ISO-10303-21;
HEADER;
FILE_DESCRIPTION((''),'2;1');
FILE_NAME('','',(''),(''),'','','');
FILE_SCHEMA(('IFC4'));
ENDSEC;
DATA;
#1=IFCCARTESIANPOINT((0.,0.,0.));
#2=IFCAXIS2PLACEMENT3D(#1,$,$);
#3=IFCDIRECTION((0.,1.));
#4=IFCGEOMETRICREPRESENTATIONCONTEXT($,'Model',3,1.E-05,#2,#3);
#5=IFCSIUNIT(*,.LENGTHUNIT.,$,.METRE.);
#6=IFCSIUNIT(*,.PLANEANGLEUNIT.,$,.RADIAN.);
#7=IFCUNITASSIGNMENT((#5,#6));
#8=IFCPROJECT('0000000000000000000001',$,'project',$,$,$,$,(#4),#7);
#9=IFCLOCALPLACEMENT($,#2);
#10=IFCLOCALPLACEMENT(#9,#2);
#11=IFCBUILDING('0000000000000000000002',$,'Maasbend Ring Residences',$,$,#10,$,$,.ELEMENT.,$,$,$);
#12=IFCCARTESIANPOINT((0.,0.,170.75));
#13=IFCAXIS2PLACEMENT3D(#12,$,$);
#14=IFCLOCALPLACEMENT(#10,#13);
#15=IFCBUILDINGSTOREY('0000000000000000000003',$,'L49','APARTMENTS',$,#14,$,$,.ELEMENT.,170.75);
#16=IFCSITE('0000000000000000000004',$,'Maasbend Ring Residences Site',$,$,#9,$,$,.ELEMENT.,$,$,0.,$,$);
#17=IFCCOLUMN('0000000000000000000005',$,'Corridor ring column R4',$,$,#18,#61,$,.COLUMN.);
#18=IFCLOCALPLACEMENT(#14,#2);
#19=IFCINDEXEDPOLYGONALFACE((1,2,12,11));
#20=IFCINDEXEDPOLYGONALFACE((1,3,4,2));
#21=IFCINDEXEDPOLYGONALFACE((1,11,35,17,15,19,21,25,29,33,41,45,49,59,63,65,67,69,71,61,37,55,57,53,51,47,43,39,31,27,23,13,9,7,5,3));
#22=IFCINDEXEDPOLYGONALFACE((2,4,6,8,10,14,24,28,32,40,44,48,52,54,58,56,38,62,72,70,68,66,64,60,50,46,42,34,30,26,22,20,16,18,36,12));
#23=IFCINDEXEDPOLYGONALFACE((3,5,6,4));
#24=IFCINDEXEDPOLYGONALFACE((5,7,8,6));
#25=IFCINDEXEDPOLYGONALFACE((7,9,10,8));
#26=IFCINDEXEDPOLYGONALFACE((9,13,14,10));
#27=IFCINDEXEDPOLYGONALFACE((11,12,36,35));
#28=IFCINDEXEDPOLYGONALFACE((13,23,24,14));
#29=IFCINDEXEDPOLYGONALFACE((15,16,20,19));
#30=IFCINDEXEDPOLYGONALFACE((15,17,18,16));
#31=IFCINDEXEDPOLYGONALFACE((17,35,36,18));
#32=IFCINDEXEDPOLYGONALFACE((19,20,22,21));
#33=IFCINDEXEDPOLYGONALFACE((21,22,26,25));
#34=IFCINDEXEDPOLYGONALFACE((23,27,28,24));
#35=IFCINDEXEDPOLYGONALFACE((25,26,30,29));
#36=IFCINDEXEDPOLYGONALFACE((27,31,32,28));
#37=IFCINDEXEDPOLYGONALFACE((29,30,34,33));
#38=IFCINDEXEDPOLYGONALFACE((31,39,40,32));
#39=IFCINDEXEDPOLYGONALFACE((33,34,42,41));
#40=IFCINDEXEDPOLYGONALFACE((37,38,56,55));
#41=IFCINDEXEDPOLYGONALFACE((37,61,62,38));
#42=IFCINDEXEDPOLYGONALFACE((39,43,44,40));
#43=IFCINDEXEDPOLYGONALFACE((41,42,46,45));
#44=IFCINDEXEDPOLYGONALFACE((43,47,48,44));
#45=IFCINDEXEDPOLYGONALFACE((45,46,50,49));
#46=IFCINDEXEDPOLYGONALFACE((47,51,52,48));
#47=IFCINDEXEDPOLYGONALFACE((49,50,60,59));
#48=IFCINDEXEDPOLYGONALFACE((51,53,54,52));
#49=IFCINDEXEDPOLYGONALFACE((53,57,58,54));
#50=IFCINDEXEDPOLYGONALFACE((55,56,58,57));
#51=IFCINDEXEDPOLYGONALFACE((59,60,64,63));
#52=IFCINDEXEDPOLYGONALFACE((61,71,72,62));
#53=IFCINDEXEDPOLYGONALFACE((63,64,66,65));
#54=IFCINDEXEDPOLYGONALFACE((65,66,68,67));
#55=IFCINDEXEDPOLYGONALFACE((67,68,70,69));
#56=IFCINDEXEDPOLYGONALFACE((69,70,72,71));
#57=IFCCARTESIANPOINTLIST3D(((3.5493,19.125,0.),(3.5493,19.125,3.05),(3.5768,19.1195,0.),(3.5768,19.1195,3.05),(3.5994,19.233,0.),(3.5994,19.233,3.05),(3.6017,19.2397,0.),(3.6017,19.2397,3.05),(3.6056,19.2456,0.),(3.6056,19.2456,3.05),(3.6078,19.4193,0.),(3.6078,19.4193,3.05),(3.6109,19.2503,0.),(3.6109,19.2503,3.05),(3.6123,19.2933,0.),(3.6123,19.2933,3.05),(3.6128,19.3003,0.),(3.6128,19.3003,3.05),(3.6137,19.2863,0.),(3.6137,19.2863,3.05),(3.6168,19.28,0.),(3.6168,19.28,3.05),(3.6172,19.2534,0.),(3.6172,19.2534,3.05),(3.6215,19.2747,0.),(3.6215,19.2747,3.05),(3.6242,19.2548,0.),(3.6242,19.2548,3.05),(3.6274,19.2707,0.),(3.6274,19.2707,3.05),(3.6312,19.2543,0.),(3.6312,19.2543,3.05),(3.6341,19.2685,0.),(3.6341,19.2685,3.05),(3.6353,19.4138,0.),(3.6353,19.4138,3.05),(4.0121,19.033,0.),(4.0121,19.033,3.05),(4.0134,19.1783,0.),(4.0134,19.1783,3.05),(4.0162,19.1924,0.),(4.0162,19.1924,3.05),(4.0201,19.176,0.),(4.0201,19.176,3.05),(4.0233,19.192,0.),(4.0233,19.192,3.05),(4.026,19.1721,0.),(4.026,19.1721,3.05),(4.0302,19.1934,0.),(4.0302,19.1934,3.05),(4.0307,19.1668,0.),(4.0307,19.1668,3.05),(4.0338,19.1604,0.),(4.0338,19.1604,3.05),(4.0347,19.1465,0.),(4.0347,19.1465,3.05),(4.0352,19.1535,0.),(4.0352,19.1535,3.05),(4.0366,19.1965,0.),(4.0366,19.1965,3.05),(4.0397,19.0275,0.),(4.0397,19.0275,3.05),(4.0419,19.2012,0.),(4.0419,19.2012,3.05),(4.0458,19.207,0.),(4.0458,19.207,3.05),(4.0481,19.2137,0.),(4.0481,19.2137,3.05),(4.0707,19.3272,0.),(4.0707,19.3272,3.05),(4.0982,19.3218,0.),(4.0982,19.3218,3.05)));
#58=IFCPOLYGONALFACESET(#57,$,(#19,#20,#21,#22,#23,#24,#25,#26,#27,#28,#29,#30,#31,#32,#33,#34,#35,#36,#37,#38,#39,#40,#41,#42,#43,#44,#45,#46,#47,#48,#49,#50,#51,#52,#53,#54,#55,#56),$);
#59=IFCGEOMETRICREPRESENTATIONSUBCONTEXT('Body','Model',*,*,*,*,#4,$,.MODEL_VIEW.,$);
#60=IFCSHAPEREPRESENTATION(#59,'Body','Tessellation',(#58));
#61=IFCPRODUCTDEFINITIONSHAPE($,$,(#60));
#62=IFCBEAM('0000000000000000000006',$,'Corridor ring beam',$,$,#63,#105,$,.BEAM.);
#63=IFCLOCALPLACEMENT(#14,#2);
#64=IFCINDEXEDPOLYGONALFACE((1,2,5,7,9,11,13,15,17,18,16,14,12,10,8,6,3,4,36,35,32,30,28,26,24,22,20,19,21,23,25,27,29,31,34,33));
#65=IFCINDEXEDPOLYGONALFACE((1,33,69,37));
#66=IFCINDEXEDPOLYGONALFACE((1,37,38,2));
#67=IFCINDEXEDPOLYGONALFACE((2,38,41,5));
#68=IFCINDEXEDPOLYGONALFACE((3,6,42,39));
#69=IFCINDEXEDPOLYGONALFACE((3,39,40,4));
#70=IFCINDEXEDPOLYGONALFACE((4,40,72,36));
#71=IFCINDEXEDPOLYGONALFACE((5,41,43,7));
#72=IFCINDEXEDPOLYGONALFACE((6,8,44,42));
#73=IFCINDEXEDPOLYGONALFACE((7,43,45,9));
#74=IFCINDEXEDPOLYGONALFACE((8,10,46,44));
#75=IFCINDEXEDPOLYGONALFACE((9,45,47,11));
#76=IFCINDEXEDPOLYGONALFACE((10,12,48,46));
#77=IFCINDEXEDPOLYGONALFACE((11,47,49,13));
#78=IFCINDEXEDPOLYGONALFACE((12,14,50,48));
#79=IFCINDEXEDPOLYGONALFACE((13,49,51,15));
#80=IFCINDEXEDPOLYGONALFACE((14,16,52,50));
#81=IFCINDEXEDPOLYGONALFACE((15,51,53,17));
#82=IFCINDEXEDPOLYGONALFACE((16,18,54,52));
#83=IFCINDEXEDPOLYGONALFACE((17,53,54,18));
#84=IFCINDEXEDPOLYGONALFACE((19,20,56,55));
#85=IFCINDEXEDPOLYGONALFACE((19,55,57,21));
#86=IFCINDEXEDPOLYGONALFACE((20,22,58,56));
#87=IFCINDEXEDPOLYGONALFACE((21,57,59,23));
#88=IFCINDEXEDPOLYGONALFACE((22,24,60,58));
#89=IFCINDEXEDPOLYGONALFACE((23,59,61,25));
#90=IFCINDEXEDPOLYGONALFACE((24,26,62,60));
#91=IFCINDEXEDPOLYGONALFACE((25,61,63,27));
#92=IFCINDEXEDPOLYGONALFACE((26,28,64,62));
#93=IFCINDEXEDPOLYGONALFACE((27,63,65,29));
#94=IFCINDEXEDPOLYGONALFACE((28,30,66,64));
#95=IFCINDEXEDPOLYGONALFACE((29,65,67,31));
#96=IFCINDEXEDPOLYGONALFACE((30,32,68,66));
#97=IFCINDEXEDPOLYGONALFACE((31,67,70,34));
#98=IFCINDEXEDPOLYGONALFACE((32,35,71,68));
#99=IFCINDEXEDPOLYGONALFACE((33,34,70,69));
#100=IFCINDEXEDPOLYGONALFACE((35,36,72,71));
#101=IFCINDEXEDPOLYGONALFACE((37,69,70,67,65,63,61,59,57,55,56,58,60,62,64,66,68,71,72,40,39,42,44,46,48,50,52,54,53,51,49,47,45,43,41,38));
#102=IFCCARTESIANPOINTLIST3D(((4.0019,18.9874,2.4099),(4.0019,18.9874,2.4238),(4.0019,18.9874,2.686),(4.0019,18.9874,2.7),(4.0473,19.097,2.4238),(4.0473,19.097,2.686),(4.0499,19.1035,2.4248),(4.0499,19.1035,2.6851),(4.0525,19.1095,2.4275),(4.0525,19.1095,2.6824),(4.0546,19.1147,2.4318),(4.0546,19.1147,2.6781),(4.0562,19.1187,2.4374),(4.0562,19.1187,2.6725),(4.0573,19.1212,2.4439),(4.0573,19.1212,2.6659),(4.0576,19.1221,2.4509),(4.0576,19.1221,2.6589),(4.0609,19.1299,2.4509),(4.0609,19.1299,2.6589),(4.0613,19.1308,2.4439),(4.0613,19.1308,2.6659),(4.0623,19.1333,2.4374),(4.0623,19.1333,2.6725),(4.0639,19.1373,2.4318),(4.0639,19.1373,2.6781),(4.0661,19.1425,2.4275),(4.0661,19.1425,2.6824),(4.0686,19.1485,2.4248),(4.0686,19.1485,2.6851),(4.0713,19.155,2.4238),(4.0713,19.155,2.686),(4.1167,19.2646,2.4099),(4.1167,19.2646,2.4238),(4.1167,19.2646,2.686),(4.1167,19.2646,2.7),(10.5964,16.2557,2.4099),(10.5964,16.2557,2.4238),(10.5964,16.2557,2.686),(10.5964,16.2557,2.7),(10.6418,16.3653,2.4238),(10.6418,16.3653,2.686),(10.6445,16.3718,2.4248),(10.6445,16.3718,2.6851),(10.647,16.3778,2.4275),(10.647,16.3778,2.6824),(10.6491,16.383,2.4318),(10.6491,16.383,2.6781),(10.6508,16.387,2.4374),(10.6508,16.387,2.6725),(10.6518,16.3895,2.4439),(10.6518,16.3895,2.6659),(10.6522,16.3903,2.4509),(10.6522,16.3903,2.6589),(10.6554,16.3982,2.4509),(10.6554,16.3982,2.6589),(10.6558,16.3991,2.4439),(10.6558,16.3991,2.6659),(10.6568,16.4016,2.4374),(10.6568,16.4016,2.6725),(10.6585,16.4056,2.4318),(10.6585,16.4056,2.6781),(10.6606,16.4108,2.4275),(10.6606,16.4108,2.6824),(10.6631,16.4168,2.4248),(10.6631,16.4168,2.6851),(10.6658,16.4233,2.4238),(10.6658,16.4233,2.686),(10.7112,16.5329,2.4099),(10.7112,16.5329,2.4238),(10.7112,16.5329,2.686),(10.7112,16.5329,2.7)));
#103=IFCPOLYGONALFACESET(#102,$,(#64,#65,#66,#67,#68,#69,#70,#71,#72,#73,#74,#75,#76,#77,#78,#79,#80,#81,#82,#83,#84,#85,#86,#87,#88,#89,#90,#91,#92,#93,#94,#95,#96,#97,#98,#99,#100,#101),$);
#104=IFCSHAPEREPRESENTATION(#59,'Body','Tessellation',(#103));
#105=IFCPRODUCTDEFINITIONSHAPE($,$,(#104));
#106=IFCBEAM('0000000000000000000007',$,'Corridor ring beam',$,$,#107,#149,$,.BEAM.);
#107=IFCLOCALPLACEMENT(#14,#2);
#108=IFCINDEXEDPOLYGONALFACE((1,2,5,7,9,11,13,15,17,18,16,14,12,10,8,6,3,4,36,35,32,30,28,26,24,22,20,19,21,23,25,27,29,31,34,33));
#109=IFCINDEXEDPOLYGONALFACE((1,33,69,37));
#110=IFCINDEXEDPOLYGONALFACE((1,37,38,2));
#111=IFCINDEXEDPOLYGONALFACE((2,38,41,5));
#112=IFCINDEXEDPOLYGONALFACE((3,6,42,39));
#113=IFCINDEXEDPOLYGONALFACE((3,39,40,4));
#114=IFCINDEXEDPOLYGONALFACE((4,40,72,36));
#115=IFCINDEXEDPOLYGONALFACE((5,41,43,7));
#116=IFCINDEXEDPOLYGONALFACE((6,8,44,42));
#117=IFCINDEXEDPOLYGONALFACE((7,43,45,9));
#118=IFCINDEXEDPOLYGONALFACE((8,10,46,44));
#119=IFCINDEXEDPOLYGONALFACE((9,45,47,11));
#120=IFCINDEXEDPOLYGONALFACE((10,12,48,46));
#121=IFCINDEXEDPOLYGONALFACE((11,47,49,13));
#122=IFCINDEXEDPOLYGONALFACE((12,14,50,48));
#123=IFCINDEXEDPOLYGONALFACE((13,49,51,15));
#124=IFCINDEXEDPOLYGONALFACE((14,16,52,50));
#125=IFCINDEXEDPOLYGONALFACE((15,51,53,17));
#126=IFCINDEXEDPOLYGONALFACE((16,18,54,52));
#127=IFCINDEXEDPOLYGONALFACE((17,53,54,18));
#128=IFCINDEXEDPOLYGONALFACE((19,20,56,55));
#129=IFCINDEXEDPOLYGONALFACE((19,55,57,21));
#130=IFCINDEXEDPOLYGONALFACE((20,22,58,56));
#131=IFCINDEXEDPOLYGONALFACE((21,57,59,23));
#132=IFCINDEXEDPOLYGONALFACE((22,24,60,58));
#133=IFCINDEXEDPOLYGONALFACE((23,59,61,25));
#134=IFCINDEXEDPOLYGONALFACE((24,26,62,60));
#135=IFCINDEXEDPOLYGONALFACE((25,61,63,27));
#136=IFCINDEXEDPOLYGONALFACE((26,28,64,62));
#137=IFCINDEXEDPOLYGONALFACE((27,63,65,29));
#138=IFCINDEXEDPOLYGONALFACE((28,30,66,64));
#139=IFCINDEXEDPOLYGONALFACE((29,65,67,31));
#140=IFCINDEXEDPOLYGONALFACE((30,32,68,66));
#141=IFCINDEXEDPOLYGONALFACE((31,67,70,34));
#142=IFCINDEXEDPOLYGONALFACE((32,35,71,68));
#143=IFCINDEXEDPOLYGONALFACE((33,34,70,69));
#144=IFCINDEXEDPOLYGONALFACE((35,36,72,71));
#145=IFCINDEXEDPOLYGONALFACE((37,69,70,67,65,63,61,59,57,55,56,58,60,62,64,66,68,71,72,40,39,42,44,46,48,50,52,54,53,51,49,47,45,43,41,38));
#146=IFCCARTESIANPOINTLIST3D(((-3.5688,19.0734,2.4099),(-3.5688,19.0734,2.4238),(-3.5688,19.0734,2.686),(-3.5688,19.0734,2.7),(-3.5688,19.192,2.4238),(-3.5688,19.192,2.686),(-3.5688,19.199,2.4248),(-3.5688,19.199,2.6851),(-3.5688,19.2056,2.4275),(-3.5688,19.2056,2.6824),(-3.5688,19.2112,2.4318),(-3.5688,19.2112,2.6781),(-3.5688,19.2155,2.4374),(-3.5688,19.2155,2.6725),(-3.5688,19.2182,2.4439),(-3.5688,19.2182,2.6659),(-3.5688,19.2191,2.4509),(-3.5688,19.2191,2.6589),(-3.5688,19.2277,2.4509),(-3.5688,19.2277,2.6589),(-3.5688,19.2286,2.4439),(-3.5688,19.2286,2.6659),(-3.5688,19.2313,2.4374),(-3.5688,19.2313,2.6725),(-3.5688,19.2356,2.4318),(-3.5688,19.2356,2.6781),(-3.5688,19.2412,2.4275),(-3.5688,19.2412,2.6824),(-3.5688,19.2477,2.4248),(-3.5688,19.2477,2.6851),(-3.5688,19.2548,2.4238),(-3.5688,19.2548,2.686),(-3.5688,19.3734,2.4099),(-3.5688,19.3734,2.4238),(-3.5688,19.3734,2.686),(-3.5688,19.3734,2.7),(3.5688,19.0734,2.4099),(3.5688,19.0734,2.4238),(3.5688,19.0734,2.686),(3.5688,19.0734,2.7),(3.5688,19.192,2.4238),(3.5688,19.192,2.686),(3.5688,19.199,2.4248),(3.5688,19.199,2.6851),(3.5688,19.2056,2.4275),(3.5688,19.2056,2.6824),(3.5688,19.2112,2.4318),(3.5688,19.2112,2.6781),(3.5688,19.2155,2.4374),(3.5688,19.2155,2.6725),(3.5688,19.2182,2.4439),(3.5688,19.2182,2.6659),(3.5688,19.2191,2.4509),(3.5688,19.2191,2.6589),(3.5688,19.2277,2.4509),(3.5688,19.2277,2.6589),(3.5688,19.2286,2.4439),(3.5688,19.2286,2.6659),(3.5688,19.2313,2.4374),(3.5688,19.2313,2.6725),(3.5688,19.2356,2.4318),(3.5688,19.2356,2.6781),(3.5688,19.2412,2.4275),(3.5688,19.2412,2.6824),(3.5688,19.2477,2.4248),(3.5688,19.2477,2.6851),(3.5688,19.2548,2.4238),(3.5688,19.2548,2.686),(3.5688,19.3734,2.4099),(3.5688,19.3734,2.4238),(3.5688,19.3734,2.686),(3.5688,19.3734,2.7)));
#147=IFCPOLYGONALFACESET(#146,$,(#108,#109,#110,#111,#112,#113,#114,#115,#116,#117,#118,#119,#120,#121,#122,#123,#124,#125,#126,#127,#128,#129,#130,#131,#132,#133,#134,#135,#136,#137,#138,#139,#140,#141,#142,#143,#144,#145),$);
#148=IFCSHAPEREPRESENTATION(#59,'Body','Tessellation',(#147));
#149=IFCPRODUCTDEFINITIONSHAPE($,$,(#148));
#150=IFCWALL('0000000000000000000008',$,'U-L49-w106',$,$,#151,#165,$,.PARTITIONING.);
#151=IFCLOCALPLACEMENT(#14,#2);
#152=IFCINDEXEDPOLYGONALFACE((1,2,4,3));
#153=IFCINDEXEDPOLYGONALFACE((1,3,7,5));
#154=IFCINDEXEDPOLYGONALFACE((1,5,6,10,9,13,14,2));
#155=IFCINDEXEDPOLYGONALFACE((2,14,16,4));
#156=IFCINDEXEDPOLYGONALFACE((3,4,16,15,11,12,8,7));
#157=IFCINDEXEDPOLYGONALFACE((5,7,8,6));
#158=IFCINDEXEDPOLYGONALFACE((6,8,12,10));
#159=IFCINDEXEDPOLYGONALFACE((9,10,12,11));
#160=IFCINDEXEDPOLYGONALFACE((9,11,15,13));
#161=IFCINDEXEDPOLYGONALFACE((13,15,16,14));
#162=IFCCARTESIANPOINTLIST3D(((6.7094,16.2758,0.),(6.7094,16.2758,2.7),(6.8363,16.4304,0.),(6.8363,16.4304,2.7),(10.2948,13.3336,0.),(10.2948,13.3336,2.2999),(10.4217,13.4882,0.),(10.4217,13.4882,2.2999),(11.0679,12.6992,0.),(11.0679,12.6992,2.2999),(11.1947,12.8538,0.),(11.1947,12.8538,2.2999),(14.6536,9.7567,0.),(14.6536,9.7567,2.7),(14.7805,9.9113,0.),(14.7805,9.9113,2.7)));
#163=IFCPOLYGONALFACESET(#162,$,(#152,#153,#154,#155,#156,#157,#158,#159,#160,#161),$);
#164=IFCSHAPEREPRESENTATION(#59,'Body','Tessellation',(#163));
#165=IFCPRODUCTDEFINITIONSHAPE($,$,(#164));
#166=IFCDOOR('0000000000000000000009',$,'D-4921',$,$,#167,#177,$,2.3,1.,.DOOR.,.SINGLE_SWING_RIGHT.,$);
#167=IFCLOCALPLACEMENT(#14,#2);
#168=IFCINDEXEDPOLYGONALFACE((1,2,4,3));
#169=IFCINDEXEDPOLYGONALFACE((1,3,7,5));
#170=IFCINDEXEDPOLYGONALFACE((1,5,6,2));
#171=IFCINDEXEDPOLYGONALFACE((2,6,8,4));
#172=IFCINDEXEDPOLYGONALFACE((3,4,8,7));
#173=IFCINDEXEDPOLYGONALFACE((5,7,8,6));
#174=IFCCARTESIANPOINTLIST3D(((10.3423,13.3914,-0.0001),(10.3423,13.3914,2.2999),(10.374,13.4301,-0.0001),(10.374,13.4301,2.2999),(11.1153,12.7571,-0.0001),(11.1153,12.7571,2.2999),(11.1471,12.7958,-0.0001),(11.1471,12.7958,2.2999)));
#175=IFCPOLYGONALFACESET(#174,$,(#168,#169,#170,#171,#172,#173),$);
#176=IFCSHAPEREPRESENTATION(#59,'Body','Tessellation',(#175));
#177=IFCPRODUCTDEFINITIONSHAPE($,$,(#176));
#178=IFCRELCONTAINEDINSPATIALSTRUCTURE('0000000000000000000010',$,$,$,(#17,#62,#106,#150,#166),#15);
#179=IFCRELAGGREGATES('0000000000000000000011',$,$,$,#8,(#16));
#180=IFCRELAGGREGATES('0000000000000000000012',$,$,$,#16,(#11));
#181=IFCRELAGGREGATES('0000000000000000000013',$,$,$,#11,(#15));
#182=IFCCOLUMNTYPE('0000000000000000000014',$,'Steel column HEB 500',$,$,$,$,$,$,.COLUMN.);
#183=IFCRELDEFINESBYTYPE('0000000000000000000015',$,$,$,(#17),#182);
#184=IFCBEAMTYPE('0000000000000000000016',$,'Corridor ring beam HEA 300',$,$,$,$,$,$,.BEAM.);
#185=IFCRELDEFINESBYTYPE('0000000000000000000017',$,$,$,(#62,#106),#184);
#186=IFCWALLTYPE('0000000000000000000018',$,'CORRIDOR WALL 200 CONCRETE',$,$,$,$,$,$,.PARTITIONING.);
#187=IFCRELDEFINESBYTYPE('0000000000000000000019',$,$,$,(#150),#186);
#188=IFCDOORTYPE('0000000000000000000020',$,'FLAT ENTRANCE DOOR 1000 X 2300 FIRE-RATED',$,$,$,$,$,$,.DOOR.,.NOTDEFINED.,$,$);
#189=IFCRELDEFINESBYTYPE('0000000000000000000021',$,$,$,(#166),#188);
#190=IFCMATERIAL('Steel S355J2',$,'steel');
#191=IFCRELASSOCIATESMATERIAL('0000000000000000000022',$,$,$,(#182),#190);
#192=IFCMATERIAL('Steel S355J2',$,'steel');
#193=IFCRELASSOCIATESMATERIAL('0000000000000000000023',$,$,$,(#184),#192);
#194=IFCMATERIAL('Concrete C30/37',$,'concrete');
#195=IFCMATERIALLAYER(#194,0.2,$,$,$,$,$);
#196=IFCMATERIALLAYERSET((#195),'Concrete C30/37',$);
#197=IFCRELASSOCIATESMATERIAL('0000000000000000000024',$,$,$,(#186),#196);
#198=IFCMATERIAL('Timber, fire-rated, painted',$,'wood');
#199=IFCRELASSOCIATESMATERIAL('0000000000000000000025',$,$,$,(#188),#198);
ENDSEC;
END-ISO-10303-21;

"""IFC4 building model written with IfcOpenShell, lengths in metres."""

from ifc_helpers import new_model, si_unit, direction, frame, frame_2d, origin, origin_2d, place, context, subcontext, project, spatial, rectangle, i_section, extrude, material, layer, layer_set, material_profile, profile_set, type_object, element, fill, save


model = new_model("IFC4")

# Units and contexts
model_context = context("Model", 3, precision=1e-05, world=origin(), true_north=direction((0.0, 1.0)))
body_context = subcontext(model_context, "Body", "Model", "MODEL_VIEW")
ifc_project = project(units=[si_unit("LENGTHUNIT", "METRE"), si_unit("PLANEANGLEUNIT", "RADIAN")], contexts=[model_context])

# Site, building, storey
site_placement = place(None, origin())
site = spatial("IfcSite", under=ifc_project, at=site_placement, Name="Maasbend Ring Residences Site", CompositionType="ELEMENT", RefElevation=0.0)
building_placement = place(site_placement, origin())
building = spatial("IfcBuilding", under=site, at=building_placement, Name="Maasbend Ring Residences", CompositionType="ELEMENT")
storey_placement = place(building_placement, frame((0.0, 0.0, 170.75)))
storey = spatial("IfcBuildingStorey", under=building, at=storey_placement, Name="L49", Description="APARTMENTS", CompositionType="ELEMENT", Elevation=170.75)

# Column
ifc_material_1 = material(Name="Steel S355J2", Category="steel")
ifc_material_profile_1 = material_profile(ifc_material_1, i_section(OverallWidth=0.3, OverallDepth=0.5, WebThickness=0.0144, FlangeThickness=0.0281, FilletRadius=0.0271, at=origin_2d()), Name="HEB 500")
ifc_profile_set_1 = profile_set([ifc_material_profile_1], Name="Steel S355J2")
column_type = type_object("IfcColumnType", Name="Steel column HEB 500", PredefinedType="COLUMN", material=ifc_profile_set_1)
column_placement = place(storey_placement, frame((3.8237, 19.2234, 0.0), z_axis=(0.0, 0.0, 1.0), x_axis=(0.19509, 0.980785, 0.0)))
element("IfcColumn", 1, at=column_placement, inside=storey, type_object=column_type, Name="Corridor ring column R4", PredefinedType="COLUMN", context=body_context, shape_type="SweptSolid", body=[
    extrude(i_section(OverallWidth=0.3, OverallDepth=0.5, WebThickness=0.0144, FlangeThickness=0.0281, FilletRadius=0.0271, at=origin_2d()), origin(), (0.0, 0.0, 1.0), 3.05),
])

# Beams
ifc_material_2 = material(Name="Steel S355J2", Category="steel")
ifc_material_profile_2 = material_profile(ifc_material_2, i_section(OverallWidth=0.3, OverallDepth=0.29, WebThickness=0.0085, FlangeThickness=0.0139, FilletRadius=0.0271, at=origin_2d()), Name="HEA 300")
ifc_profile_set_2 = profile_set([ifc_material_profile_2], Name="Steel S355J2")
beam_type = type_object("IfcBeamType", Name="Corridor ring beam HEA 300", PredefinedType="BEAM", material=ifc_profile_set_2)
beam_1_placement = place(storey_placement, frame((10.6538, 16.3943, 2.5549), z_axis=(-0.923871, 0.382703, 0.0), x_axis=(-0.382703, -0.923871, 0.0)))
element("IfcBeam", 2, at=beam_1_placement, inside=storey, type_object=beam_type, Name="Corridor ring beam", PredefinedType="BEAM", context=body_context, shape_type="SweptSolid", body=[
    extrude(i_section(OverallWidth=0.3, OverallDepth=0.29, WebThickness=0.0085, FlangeThickness=0.0139, FilletRadius=0.0271, at=origin_2d()), origin(), (0.0, 0.0, 1.0), 7.1379),
])
beam_2_placement = place(storey_placement, frame((3.5688, 19.2234, 2.5549), z_axis=(-1.0, 0.0, 0.0), x_axis=(0.0, -1.0, 0.0)))
element("IfcBeam", 3, at=beam_2_placement, inside=storey, type_object=beam_type, Name="Corridor ring beam", PredefinedType="BEAM", context=body_context, shape_type="SweptSolid", body=[
    extrude(i_section(OverallWidth=0.3, OverallDepth=0.29, WebThickness=0.0085, FlangeThickness=0.0139, FilletRadius=0.0271, at=origin_2d()), origin(), (0.0, 0.0, 1.0), 7.1377),
])

# Wall, opening, door
ifc_material_3 = material(Name="Concrete C30/37", Category="concrete")
ifc_layer_1 = layer(ifc_material_3, 0.2)
ifc_layer_set_1 = layer_set([ifc_layer_1], Name="Concrete C30/37")
wall_type_1 = type_object("IfcWallType", Name="CORRIDOR WALL 200 CONCRETE", PredefinedType="PARTITIONING", material=ifc_layer_set_1)
wall_1_placement = place(storey_placement, frame((6.7729, 16.353, 0.0), z_axis=(0.0, 0.0, 1.0), x_axis=(0.773035, -0.634364, 0.0)))
wall_1 = element("IfcWall", 4, at=wall_1_placement, inside=storey, type_object=wall_type_1, Name="U-L49-w106", PredefinedType="PARTITIONING", context=body_context, shape_type="SweptSolid", body=[
    extrude(rectangle(XDim=10.2766, YDim=0.2, at=frame_2d((5.1382, 0.0))), origin(), (0.0, 0.0, 1.0), 2.7),
])
opening_1_placement = place(wall_1_placement, frame((4.6379, 0.0, 0.0)))
opening_1 = element("IfcOpeningElement", 5, at=opening_1_placement, cuts=wall_1, PredefinedType="OPENING", context=body_context, shape_type="SweptSolid", body=[
    extrude(rectangle(XDim=1.0, YDim=2.3, at=frame_2d((0.5, 1.1499))), frame((0.0, 0.1099, 0.0), z_axis=(0.0, -1.0, 0.0), x_axis=(1.0, 0.0, 0.0)), (0.0, 0.0, 1.0), 0.22),
])
ifc_material_4 = material(Name="Timber, fire-rated, painted", Category="wood")
door_type_1 = type_object("IfcDoorType", Name="FLAT ENTRANCE DOOR 1000 X 2300 FIRE-RATED", OperationType="NOTDEFINED", PredefinedType="DOOR", material=ifc_material_4)
door_1_placement = place(opening_1_placement, origin())
door_1 = element("IfcDoor", 6, at=door_1_placement, inside=storey, type_object=door_type_1, Name="D-4921", OperationType="SINGLE_SWING_RIGHT", OverallHeight=2.3, OverallWidth=1.0, PredefinedType="DOOR", context=body_context, shape_type="SweptSolid", body=[
    extrude(rectangle(XDim=1.0, YDim=2.3, at=frame_2d((0.5, 1.1499))), frame((0.0, 0.0249, 0.0), z_axis=(0.0, -1.0, 0.0), x_axis=(1.0, 0.0, 0.0)), (0.0, 0.0, 1.0), 0.05),
])
fill(opening_1, door_1)

save(model, "model.ifc")
